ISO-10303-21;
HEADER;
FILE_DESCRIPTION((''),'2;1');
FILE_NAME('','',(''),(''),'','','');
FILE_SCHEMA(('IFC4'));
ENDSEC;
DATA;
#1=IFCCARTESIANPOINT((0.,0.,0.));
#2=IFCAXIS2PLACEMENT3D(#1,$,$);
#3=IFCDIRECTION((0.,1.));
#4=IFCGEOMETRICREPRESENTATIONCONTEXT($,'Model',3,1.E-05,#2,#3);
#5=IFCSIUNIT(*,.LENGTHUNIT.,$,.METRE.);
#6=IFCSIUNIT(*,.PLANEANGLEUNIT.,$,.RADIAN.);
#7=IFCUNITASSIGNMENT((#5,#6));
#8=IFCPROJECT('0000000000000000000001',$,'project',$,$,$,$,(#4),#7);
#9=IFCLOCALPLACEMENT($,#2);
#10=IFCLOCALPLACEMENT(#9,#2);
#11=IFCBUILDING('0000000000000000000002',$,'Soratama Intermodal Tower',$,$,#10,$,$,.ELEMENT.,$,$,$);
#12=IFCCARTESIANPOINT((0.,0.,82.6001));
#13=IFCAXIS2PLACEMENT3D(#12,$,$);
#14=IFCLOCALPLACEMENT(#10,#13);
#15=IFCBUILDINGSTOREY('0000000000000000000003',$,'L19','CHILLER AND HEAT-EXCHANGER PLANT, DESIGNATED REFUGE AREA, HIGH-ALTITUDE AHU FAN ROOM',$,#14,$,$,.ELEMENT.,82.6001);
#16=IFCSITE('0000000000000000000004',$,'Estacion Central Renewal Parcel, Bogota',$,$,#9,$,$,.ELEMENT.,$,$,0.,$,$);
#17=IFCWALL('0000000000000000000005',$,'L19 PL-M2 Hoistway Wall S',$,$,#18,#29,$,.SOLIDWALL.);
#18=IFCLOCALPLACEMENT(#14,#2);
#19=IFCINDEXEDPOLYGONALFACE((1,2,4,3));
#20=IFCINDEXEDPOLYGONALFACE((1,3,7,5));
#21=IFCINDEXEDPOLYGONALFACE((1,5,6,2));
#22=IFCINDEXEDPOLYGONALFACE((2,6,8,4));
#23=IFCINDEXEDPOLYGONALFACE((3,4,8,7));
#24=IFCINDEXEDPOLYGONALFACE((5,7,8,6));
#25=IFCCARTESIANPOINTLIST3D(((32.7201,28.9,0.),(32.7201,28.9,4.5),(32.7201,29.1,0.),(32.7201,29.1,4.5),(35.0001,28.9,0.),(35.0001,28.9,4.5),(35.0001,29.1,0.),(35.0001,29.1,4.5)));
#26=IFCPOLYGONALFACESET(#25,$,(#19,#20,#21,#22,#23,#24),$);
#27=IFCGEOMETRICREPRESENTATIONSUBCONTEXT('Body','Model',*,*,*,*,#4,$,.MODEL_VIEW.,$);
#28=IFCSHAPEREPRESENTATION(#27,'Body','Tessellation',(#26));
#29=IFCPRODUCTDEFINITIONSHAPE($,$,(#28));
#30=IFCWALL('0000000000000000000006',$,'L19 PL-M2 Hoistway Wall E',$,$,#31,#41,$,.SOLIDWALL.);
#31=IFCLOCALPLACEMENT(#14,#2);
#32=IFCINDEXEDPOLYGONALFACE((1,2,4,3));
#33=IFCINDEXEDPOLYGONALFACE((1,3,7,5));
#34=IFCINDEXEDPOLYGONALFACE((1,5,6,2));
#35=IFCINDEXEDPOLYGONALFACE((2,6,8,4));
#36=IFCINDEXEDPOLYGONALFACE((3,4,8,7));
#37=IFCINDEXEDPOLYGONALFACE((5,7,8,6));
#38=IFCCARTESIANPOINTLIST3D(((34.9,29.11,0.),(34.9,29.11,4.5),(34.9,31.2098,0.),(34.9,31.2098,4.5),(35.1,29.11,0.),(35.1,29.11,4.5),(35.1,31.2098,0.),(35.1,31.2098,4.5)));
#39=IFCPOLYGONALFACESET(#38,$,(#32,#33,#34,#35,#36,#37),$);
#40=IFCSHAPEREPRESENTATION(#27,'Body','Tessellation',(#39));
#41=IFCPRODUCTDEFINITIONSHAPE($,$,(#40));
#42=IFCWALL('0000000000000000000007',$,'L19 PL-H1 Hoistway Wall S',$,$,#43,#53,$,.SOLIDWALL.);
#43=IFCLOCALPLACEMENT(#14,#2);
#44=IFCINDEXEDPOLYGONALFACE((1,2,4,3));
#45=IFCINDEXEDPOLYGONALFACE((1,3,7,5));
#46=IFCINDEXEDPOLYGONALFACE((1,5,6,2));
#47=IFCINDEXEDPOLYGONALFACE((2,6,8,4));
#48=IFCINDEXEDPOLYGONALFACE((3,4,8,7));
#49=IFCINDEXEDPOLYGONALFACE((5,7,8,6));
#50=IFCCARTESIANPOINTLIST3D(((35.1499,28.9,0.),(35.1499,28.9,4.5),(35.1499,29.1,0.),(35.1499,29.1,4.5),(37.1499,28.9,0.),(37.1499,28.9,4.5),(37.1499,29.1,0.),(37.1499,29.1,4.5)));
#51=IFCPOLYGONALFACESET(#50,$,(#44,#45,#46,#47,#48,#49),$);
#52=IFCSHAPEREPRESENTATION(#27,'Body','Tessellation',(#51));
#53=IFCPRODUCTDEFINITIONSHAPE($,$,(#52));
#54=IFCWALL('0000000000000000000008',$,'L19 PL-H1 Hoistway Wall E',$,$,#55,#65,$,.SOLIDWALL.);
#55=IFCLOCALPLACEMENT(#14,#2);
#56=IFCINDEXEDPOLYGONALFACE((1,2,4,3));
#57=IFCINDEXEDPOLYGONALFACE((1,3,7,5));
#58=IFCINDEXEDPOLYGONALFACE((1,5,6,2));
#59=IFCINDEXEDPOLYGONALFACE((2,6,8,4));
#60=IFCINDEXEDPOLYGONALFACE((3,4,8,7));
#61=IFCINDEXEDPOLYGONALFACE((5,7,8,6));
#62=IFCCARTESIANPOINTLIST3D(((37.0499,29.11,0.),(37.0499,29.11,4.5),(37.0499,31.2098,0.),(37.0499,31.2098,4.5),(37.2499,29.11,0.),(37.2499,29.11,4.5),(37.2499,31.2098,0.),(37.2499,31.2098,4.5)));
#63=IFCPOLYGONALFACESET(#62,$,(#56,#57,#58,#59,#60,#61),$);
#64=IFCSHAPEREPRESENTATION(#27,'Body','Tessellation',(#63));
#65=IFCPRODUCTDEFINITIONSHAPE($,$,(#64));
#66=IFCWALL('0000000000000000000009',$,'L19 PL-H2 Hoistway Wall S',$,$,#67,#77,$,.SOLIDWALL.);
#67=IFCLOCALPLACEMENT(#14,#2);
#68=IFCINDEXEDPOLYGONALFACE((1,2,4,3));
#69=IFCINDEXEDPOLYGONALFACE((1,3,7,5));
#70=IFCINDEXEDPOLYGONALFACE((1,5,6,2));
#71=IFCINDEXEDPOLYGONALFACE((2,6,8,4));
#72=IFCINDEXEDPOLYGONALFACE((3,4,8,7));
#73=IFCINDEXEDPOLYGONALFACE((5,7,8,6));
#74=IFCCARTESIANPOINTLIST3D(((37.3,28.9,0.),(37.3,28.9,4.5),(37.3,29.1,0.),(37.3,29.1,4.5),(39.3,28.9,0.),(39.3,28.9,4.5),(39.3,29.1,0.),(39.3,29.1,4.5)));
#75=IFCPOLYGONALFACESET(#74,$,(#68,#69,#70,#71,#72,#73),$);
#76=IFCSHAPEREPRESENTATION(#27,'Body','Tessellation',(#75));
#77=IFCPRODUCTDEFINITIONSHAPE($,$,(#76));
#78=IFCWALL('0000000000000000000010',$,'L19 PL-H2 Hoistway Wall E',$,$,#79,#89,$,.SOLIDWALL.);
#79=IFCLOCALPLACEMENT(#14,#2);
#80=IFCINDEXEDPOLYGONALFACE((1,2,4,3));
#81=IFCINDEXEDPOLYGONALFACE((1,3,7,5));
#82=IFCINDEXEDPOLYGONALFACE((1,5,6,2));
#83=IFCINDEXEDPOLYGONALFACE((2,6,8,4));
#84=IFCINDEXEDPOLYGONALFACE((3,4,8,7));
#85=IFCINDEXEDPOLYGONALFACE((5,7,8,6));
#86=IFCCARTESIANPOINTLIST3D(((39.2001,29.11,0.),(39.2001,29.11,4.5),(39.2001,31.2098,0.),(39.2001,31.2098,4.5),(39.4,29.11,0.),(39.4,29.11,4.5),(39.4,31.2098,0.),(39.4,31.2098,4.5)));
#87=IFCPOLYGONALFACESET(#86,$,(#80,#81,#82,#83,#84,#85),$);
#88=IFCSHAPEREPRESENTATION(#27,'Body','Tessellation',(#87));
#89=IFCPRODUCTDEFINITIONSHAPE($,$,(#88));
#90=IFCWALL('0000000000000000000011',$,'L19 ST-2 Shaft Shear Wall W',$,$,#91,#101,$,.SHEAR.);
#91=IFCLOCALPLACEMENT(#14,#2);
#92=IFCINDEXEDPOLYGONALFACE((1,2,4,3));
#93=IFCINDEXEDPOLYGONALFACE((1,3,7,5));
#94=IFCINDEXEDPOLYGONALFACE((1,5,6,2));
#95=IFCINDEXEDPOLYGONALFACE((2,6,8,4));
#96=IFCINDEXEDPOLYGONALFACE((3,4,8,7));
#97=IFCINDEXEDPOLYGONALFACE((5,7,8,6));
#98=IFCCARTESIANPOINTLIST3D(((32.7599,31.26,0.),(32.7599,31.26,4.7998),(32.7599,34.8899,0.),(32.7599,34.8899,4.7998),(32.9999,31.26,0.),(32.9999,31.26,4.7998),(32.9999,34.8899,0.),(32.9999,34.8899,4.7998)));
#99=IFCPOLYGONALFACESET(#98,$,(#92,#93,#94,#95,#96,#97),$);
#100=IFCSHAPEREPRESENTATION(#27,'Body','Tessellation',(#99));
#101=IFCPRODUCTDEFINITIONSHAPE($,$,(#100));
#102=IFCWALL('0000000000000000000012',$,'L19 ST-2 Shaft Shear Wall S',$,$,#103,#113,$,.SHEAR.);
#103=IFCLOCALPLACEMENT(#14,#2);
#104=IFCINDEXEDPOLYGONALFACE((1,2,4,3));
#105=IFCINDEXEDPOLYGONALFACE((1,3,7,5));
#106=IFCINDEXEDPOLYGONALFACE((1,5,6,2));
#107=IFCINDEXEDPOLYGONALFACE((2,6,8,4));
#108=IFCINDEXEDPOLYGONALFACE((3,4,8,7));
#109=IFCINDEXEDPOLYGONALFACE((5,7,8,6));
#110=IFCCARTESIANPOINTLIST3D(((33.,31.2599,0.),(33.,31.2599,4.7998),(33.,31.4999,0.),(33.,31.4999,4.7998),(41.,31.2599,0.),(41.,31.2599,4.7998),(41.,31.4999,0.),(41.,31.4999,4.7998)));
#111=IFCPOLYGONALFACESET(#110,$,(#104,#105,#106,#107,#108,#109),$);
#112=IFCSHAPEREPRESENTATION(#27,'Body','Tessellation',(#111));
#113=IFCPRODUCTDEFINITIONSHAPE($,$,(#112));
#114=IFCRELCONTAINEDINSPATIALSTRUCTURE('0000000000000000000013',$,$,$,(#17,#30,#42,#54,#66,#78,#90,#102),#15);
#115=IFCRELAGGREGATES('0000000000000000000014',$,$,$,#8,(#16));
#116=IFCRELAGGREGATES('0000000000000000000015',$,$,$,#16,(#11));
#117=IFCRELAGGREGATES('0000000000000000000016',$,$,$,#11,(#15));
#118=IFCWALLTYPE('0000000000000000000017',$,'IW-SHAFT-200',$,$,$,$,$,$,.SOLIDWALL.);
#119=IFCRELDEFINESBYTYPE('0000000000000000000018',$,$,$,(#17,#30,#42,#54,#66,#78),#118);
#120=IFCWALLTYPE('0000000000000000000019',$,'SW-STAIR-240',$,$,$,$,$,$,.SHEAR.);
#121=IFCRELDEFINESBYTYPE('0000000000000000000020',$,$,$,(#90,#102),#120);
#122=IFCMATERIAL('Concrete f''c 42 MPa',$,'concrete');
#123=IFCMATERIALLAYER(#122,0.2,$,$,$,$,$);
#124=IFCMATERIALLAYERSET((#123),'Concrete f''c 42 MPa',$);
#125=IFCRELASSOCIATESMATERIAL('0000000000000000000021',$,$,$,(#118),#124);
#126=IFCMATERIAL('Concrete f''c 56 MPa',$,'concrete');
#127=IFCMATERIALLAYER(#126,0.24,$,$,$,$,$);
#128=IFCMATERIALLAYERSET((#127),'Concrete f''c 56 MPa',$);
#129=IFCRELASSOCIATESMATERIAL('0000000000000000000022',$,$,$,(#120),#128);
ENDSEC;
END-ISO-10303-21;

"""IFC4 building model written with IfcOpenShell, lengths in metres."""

from ifc_helpers import new_model, si_unit, direction, frame, frame_2d, origin, place, context, subcontext, project, spatial, rectangle, extrude, material, layer, layer_set, type_object, element, save


model = new_model("IFC4")

# Units and contexts
model_context = context("Model", 3, precision=1e-05, world=origin(), true_north=direction((0.0, 1.0)))
body_context = subcontext(model_context, "Body", "Model", "MODEL_VIEW")
ifc_project = project(units=[si_unit("LENGTHUNIT", "METRE"), si_unit("PLANEANGLEUNIT", "RADIAN")], contexts=[model_context])

# Site, building, storey
site_placement = place(None, origin())
site = spatial("IfcSite", under=ifc_project, at=site_placement, Name="Estacion Central Renewal Parcel, Bogota", CompositionType="ELEMENT", RefElevation=0.0)
building_placement = place(site_placement, origin())
building = spatial("IfcBuilding", under=site, at=building_placement, Name="Soratama Intermodal Tower", CompositionType="ELEMENT")
storey_placement = place(building_placement, frame((0.0, 0.0, 82.6001)))
storey = spatial("IfcBuildingStorey", under=building, at=storey_placement, Name="L19", Description="CHILLER AND HEAT-EXCHANGER PLANT, DESIGNATED REFUGE AREA, HIGH-ALTITUDE AHU FAN ROOM", CompositionType="ELEMENT", Elevation=82.6001)

# Shared definitions
ifc_material_1 = material(Name="Concrete f'c 42 MPa", Category="concrete")
ifc_layer_1 = layer(ifc_material_1, 0.2)
ifc_layer_set_1 = layer_set([ifc_layer_1], Name="Concrete f'c 42 MPa")
wall_type_1 = type_object("IfcWallType", Name="IW-SHAFT-200", PredefinedType="SOLIDWALL", material=ifc_layer_set_1)

# Walls
wall_1_placement = place(storey_placement, frame((32.72, 29.0, 0.0), z_axis=(0.0, 0.0, 1.0), x_axis=(1.0, 0.0, 0.0)))
element("IfcWall", 1, at=wall_1_placement, inside=storey, type_object=wall_type_1, Name="L19 PL-M2 Hoistway Wall S", PredefinedType="SOLIDWALL", context=body_context, shape_type="SweptSolid", body=[
    extrude(rectangle(XDim=2.28, YDim=0.2, at=frame_2d((1.1401, 0.0))), origin(), (0.0, 0.0, 1.0), 4.5),
])
wall_2_placement = place(storey_placement, frame((35.0, 29.1101, 0.0), z_axis=(0.0, 0.0, 1.0), x_axis=(0.0, 1.0, 0.0)))
element("IfcWall", 2, at=wall_2_placement, inside=storey, type_object=wall_type_1, Name="L19 PL-M2 Hoistway Wall E", PredefinedType="SOLIDWALL", context=body_context, shape_type="SweptSolid", body=[
    extrude(rectangle(XDim=2.0999, YDim=0.2, at=frame_2d((1.0498, 0.0))), origin(), (0.0, 0.0, 1.0), 4.5),
])
wall_3_placement = place(storey_placement, frame((35.1499, 29.0, 0.0), z_axis=(0.0, 0.0, 1.0), x_axis=(1.0, 0.0, 0.0)))
element("IfcWall", 3, at=wall_3_placement, inside=storey, type_object=wall_type_1, Name="L19 PL-H1 Hoistway Wall S", PredefinedType="SOLIDWALL", context=body_context, shape_type="SweptSolid", body=[
    extrude(rectangle(XDim=2.0, YDim=0.2, at=frame_2d((1.0, 0.0))), origin(), (0.0, 0.0, 1.0), 4.5),
])
wall_4_placement = place(storey_placement, frame((37.1499, 29.1101, 0.0), z_axis=(0.0, 0.0, 1.0), x_axis=(0.0, 1.0, 0.0)))
element("IfcWall", 4, at=wall_4_placement, inside=storey, type_object=wall_type_1, Name="L19 PL-H1 Hoistway Wall E", PredefinedType="SOLIDWALL", context=body_context, shape_type="SweptSolid", body=[
    extrude(rectangle(XDim=2.0999, YDim=0.2, at=frame_2d((1.0498, 0.0))), origin(), (0.0, 0.0, 1.0), 4.5),
])
wall_5_placement = place(storey_placement, frame((37.3, 29.0, 0.0), z_axis=(0.0, 0.0, 1.0), x_axis=(1.0, 0.0, 0.0)))
element("IfcWall", 5, at=wall_5_placement, inside=storey, type_object=wall_type_1, Name="L19 PL-H2 Hoistway Wall S", PredefinedType="SOLIDWALL", context=body_context, shape_type="SweptSolid", body=[
    extrude(rectangle(XDim=2.0, YDim=0.2, at=frame_2d((1.0, 0.0))), origin(), (0.0, 0.0, 1.0), 4.5),
])
wall_6_placement = place(storey_placement, frame((39.3, 29.1101, 0.0), z_axis=(0.0, 0.0, 1.0), x_axis=(0.0, 1.0, 0.0)))
element("IfcWall", 6, at=wall_6_placement, inside=storey, type_object=wall_type_1, Name="L19 PL-H2 Hoistway Wall E", PredefinedType="SOLIDWALL", context=body_context, shape_type="SweptSolid", body=[
    extrude(rectangle(XDim=2.0999, YDim=0.2, at=frame_2d((1.0498, 0.0))), origin(), (0.0, 0.0, 1.0), 4.5),
])
ifc_material_2 = material(Name="Concrete f'c 56 MPa", Category="concrete")
ifc_layer_2 = layer(ifc_material_2, 0.24)
ifc_layer_set_2 = layer_set([ifc_layer_2], Name="Concrete f'c 56 MPa")
wall_type_2 = type_object("IfcWallType", Name="SW-STAIR-240", PredefinedType="SHEAR", material=ifc_layer_set_2)
wall_7_placement = place(storey_placement, frame((32.8799, 31.26, 0.0), z_axis=(0.0, 0.0, 1.0), x_axis=(0.0, 1.0, 0.0)))
element("IfcWall", 7, at=wall_7_placement, inside=storey, type_object=wall_type_2, Name="L19 ST-2 Shaft Shear Wall W", PredefinedType="SHEAR", context=body_context, shape_type="SweptSolid", body=[
    extrude(rectangle(XDim=3.6299, YDim=0.24, at=frame_2d((1.8149, 0.0))), origin(), (0.0, 0.0, 1.0), 4.7998),
])
wall_8_placement = place(storey_placement, frame((33.0, 31.3799, 0.0), z_axis=(0.0, 0.0, 1.0), x_axis=(1.0, 0.0, 0.0)))
element("IfcWall", 8, at=wall_8_placement, inside=storey, type_object=wall_type_2, Name="L19 ST-2 Shaft Shear Wall S", PredefinedType="SHEAR", context=body_context, shape_type="SweptSolid", body=[
    extrude(rectangle(XDim=8.0, YDim=0.24, at=frame_2d((4.0, 0.0))), origin(), (0.0, 0.0, 1.0), 4.7998),
])

save(model, "model.ifc")
